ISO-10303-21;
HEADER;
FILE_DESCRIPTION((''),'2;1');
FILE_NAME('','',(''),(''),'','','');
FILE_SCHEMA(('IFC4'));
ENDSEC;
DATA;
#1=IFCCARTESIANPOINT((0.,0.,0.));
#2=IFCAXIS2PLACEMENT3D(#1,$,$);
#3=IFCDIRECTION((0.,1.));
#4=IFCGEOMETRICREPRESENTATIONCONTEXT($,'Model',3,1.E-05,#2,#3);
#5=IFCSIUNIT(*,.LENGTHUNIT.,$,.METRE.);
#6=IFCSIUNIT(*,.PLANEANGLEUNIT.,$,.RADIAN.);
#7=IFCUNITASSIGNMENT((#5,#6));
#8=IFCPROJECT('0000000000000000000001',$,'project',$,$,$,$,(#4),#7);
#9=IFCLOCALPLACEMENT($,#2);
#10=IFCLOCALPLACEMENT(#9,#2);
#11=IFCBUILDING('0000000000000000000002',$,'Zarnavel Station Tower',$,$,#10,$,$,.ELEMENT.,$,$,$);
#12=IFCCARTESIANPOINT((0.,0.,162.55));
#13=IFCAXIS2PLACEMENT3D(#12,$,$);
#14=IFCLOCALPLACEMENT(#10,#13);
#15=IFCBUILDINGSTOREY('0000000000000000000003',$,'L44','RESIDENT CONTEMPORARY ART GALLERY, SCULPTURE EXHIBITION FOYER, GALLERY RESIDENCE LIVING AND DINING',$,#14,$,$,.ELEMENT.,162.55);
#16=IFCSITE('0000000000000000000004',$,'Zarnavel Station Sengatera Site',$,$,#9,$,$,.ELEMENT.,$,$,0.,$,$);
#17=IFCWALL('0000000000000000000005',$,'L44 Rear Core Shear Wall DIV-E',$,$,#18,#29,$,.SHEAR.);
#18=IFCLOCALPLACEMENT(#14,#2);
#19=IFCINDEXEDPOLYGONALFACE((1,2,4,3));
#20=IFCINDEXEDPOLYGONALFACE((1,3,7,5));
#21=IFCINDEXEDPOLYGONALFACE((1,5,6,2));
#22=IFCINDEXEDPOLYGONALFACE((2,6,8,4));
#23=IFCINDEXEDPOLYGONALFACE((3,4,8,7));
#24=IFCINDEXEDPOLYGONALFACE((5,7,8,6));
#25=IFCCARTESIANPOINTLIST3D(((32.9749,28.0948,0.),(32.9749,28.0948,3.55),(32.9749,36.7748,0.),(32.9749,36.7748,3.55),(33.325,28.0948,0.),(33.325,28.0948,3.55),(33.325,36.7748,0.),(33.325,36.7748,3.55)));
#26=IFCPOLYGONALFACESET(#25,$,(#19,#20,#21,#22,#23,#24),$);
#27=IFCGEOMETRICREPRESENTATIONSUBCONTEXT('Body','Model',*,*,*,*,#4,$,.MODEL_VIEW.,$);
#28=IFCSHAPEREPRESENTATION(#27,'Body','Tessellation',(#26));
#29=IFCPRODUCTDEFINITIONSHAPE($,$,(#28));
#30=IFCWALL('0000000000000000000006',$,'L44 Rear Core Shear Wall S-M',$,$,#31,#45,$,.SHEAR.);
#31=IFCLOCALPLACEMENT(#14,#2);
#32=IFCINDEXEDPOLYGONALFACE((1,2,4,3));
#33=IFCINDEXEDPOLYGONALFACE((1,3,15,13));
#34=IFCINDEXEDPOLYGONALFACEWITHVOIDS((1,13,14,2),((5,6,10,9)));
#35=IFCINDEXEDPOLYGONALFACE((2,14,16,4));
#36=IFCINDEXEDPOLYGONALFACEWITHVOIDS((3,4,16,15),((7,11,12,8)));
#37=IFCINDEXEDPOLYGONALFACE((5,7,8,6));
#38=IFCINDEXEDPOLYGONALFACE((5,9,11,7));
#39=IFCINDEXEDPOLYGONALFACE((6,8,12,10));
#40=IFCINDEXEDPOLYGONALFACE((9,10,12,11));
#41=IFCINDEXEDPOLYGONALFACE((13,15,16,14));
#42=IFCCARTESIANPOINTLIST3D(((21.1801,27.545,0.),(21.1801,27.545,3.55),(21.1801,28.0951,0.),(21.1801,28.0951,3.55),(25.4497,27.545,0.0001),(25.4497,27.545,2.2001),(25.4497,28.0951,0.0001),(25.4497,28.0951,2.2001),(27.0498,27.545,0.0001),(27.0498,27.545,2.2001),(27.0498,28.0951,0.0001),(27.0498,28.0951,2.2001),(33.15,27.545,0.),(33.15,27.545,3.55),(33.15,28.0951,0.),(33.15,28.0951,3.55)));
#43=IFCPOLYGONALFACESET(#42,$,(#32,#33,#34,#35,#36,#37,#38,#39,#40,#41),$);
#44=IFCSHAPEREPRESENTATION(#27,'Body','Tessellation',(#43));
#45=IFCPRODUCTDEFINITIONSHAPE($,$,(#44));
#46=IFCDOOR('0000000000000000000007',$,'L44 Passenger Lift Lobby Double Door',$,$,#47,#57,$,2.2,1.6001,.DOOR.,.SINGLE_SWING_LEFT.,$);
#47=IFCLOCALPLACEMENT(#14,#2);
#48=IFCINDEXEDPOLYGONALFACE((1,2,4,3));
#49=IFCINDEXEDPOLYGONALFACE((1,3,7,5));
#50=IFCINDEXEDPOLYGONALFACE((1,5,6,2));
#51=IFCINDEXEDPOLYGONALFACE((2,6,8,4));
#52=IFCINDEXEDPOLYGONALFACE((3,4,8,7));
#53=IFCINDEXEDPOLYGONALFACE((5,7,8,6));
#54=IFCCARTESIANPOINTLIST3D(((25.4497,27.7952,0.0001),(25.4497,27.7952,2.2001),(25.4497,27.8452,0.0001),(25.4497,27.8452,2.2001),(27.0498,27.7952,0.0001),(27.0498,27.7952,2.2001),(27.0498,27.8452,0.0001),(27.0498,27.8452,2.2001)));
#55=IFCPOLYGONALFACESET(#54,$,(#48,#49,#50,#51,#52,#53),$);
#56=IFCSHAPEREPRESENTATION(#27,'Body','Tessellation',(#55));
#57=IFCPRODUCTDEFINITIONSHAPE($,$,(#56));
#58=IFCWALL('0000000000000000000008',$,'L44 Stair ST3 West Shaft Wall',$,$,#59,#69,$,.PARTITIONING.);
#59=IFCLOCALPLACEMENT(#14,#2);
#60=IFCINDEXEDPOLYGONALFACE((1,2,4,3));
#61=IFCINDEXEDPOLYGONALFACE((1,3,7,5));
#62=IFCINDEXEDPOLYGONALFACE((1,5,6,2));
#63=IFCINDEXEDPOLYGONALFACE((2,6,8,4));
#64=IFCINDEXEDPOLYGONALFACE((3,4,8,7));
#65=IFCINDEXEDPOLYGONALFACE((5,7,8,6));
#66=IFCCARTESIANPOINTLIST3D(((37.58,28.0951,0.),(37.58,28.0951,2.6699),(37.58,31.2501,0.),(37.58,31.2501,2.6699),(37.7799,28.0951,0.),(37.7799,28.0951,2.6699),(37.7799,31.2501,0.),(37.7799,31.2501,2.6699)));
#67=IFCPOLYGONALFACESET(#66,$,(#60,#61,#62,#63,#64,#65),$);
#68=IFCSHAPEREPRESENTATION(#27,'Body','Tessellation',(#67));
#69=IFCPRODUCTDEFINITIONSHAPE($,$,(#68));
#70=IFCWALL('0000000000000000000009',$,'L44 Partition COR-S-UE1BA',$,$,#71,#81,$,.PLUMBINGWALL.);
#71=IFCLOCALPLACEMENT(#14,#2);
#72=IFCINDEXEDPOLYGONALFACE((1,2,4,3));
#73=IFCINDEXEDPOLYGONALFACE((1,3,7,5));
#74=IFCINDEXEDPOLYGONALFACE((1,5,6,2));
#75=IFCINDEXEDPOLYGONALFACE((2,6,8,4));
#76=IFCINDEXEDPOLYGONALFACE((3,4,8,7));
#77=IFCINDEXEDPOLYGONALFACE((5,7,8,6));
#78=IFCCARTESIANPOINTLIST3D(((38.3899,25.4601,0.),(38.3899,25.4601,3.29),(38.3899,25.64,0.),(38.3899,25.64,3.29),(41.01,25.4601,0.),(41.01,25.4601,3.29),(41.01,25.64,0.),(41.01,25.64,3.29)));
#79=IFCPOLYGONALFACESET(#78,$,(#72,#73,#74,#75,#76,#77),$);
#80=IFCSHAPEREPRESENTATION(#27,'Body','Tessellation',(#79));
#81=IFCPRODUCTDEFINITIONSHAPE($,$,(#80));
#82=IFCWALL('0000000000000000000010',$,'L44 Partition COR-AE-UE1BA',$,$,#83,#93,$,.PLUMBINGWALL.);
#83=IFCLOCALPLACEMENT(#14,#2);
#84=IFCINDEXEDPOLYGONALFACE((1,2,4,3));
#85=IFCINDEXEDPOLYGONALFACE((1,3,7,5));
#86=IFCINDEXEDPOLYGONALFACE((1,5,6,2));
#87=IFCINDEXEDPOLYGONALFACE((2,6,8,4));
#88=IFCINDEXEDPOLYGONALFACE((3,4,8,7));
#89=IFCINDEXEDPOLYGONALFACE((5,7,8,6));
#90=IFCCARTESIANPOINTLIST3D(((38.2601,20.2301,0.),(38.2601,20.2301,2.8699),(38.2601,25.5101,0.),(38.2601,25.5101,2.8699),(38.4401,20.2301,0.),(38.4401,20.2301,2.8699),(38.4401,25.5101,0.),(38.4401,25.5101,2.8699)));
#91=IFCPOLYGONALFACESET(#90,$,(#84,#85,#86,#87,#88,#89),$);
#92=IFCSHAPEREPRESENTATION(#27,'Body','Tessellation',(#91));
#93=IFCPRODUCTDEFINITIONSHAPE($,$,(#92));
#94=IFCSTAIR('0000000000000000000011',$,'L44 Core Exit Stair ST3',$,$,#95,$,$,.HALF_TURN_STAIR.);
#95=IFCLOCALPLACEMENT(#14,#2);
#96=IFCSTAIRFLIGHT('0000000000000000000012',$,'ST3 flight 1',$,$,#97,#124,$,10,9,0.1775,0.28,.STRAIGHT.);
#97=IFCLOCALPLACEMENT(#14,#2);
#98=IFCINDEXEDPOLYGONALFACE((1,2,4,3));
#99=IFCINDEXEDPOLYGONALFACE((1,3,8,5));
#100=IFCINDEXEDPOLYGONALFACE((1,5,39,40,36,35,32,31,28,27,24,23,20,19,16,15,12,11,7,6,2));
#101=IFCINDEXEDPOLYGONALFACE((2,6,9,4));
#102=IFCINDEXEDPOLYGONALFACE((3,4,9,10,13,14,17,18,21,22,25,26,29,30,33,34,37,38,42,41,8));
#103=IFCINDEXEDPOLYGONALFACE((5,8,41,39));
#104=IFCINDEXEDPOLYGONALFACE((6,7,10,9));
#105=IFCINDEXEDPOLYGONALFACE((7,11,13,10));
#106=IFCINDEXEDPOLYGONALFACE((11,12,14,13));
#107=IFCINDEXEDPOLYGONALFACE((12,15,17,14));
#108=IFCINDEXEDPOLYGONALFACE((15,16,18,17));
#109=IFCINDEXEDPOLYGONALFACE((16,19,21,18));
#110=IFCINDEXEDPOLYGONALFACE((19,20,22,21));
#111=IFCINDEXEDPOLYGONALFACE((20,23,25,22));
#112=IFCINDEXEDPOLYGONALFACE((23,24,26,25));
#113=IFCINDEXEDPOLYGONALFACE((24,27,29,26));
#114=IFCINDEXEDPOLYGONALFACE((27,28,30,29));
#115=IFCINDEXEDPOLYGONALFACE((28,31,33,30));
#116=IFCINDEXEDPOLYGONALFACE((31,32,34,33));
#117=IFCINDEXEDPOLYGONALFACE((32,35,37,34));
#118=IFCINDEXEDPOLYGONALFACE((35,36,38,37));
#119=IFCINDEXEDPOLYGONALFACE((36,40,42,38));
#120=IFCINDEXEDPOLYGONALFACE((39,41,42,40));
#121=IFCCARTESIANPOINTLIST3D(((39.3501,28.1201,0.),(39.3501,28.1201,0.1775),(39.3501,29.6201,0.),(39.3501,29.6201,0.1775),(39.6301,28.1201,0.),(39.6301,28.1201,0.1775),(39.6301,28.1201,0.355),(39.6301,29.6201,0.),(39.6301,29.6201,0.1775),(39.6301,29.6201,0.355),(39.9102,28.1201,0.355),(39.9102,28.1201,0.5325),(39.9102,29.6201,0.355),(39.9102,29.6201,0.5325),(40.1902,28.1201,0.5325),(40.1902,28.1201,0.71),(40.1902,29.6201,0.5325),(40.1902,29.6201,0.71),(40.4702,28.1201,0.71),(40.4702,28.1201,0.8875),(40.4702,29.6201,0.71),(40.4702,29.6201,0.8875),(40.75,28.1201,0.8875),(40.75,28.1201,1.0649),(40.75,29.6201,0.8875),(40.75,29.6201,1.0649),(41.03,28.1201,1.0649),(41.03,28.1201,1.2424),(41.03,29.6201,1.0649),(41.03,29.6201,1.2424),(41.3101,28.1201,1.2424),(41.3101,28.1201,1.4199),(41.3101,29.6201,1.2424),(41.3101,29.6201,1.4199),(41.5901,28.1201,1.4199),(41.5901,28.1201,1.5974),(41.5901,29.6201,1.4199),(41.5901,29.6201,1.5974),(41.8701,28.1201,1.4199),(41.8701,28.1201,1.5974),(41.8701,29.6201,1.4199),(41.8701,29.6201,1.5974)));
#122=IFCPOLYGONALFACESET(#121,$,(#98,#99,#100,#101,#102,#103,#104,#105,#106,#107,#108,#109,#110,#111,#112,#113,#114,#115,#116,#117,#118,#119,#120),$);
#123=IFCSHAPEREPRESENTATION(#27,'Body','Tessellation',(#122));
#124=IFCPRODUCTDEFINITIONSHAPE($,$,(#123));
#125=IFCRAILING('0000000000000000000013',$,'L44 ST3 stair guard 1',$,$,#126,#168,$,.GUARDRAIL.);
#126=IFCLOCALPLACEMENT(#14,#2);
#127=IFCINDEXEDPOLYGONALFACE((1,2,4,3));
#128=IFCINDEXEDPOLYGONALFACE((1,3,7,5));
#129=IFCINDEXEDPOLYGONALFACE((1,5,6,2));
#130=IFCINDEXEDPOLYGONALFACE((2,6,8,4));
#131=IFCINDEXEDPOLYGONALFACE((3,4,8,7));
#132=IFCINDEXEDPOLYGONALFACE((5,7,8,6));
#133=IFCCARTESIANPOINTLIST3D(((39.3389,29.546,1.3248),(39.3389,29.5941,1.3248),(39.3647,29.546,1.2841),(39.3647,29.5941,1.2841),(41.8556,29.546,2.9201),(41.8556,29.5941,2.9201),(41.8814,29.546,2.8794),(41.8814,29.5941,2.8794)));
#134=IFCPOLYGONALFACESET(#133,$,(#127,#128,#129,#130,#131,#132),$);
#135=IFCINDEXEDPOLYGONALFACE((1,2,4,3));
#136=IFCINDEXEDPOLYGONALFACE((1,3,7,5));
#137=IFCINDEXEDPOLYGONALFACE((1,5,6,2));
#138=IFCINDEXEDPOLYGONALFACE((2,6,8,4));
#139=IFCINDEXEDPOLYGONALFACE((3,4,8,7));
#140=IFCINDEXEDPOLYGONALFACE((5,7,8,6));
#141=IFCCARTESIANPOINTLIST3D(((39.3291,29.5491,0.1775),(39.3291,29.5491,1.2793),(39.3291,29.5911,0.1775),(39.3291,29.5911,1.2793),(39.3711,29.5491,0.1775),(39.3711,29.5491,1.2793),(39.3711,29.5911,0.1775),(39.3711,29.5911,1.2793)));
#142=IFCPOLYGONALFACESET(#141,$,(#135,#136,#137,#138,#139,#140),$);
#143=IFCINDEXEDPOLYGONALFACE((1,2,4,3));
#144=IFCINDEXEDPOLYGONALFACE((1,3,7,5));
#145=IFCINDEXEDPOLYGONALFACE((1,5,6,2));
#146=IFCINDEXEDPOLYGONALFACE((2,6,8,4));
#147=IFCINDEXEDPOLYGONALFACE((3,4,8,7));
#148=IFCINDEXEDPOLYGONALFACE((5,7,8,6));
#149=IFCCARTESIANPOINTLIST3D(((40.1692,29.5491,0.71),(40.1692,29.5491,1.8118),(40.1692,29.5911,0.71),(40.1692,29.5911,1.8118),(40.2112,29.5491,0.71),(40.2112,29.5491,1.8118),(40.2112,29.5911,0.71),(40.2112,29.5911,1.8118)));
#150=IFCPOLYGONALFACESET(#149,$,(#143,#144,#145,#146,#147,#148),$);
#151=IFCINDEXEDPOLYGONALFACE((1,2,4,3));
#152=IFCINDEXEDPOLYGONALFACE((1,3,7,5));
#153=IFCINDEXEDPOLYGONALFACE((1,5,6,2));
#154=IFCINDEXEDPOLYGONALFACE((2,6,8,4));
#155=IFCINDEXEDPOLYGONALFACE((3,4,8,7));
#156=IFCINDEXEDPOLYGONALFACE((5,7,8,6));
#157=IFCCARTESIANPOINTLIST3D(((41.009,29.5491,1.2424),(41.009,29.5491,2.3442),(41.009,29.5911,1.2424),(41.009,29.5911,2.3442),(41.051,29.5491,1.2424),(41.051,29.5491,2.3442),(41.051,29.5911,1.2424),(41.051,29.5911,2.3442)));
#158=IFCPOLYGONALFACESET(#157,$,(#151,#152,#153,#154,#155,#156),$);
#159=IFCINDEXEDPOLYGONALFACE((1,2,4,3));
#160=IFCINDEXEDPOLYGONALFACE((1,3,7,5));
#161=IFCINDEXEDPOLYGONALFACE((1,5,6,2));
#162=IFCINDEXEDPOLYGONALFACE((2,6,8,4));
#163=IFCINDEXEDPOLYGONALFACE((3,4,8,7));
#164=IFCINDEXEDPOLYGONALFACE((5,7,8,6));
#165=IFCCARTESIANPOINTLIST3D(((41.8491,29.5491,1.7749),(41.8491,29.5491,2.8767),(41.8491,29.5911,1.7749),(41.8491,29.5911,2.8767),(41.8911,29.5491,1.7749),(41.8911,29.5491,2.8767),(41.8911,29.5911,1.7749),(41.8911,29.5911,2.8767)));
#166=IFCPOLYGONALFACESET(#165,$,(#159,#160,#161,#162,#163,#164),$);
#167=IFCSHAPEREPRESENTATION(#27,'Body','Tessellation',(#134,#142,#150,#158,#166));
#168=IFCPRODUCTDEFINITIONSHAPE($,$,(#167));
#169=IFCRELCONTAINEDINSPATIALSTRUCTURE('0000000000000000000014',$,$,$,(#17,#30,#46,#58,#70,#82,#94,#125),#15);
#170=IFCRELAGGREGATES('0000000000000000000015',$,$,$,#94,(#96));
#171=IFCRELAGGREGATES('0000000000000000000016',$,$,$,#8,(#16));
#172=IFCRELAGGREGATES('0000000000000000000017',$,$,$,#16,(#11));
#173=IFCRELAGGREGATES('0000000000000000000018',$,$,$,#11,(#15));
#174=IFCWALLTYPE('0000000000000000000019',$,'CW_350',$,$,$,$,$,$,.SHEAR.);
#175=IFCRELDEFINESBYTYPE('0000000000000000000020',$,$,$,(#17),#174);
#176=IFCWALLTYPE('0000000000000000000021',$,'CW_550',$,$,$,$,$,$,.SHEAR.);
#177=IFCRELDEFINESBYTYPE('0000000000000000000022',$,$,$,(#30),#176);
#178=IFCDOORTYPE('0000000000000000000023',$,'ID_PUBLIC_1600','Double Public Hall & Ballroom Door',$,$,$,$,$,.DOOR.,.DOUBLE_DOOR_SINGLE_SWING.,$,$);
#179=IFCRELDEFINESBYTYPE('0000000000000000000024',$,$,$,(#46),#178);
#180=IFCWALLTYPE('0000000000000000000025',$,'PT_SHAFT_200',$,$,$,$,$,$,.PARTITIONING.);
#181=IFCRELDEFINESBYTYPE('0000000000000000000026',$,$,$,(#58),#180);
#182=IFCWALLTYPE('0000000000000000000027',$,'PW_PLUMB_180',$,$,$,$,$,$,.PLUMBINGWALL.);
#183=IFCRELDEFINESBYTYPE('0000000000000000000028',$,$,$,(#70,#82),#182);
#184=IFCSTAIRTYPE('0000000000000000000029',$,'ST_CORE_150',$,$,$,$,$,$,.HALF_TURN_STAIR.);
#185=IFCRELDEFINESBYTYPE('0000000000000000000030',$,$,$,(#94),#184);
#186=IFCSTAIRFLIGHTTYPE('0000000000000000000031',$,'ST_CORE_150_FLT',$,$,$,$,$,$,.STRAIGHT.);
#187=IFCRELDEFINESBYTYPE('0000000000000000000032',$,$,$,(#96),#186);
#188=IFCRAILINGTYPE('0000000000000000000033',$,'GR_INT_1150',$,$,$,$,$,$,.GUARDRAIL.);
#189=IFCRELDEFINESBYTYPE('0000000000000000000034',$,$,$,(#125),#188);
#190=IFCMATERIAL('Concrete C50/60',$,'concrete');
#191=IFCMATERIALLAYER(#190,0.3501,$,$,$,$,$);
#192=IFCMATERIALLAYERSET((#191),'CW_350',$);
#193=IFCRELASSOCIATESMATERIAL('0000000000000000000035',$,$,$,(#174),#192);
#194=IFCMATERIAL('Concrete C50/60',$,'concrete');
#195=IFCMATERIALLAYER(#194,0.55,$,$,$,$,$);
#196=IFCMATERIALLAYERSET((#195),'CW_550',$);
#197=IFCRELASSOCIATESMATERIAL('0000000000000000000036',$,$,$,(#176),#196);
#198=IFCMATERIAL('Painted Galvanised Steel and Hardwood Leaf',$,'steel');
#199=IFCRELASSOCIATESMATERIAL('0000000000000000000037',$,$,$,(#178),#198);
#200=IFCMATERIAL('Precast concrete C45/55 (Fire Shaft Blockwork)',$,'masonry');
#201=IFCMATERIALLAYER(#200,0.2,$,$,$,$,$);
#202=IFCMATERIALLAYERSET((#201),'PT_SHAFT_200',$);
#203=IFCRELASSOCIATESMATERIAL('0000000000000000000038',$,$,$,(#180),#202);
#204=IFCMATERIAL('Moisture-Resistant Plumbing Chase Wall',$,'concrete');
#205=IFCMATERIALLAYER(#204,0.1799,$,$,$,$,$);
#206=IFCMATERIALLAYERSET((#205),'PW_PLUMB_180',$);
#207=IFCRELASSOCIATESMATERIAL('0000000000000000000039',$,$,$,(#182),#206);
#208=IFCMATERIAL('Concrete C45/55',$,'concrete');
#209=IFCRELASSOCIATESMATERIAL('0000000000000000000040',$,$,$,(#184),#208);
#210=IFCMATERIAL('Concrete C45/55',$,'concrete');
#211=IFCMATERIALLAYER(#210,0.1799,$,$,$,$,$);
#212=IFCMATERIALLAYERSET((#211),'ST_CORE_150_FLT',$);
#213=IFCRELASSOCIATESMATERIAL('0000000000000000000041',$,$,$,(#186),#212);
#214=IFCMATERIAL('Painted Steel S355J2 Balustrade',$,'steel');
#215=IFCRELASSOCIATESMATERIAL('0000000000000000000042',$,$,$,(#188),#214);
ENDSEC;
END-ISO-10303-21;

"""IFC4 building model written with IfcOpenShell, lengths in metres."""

from ifc_helpers import new_model, si_unit, direction, frame, frame_2d, origin, origin_2d, place, context, subcontext, project, spatial, polyline, rectangle, outline, extrude, material, layer, layer_set, type_object, element, fill, aggregate, save


model = new_model("IFC4")

# Units and contexts
model_context = context("Model", 3, precision=1e-05, world=origin(), true_north=direction((0.0, 1.0)))
body_context = subcontext(model_context, "Body", "Model", "MODEL_VIEW")
ifc_project = project(units=[si_unit("LENGTHUNIT", "METRE"), si_unit("PLANEANGLEUNIT", "RADIAN")], contexts=[model_context])

# Site, building, storey
site_placement = place(None, origin())
site = spatial("IfcSite", under=ifc_project, at=site_placement, Name="Zarnavel Station Sengatera Site", CompositionType="ELEMENT", RefElevation=0.0)
building_placement = place(site_placement, origin())
building = spatial("IfcBuilding", under=site, at=building_placement, Name="Zarnavel Station Tower", CompositionType="ELEMENT")
storey_placement = place(building_placement, frame((0.0, 0.0, 162.55)))
storey = spatial("IfcBuildingStorey", under=building, at=storey_placement, Name="L44", Description="RESIDENT CONTEMPORARY ART GALLERY, SCULPTURE EXHIBITION FOYER, GALLERY RESIDENCE LIVING AND DINING", CompositionType="ELEMENT", Elevation=162.55)

# Wall
ifc_material_1 = material(Name="Concrete C50/60", Category="concrete")
ifc_layer_1 = layer(ifc_material_1, 0.3501)
ifc_layer_set_1 = layer_set([ifc_layer_1], Name="CW_350")
wall_type_1 = type_object("IfcWallType", Name="CW_350", PredefinedType="SHEAR", material=ifc_layer_set_1)
wall_1_placement = place(storey_placement, frame((33.1499, 28.095, 0.0), z_axis=(0.0, 0.0, 1.0), x_axis=(0.0, 1.0, 0.0)))
element("IfcWall", 1, at=wall_1_placement, inside=storey, type_object=wall_type_1, Name="L44 Rear Core Shear Wall DIV-E", PredefinedType="SHEAR", context=body_context, shape_type="SweptSolid", body=[
    extrude(rectangle(XDim=8.6799, YDim=0.3501, at=frame_2d((4.3398, 0.0))), origin(), (0.0, 0.0, 1.0), 3.55),
])

# Wall, opening, door
ifc_material_2 = material(Name="Concrete C50/60", Category="concrete")
ifc_layer_2 = layer(ifc_material_2, 0.55)
ifc_layer_set_2 = layer_set([ifc_layer_2], Name="CW_550")
wall_type_2 = type_object("IfcWallType", Name="CW_550", PredefinedType="SHEAR", material=ifc_layer_set_2)
wall_2_placement = place(storey_placement, frame((33.1499, 27.8201, 0.0), z_axis=(0.0, 0.0, 1.0), x_axis=(-1.0, 0.0, 0.0)))
wall_2 = element("IfcWall", 2, at=wall_2_placement, inside=storey, type_object=wall_type_2, Name="L44 Rear Core Shear Wall S-M", PredefinedType="SHEAR", context=body_context, shape_type="SweptSolid", body=[
    extrude(rectangle(XDim=11.97, YDim=0.55, at=frame_2d((5.9849, 0.0))), origin(), (0.0, 0.0, 1.0), 3.55),
])
opening_1_placement = place(wall_2_placement, frame((6.1001, 0.0, 0.0)))
opening_1 = element("IfcOpeningElement", 3, at=opening_1_placement, cuts=wall_2, PredefinedType="OPENING", context=body_context, shape_type="SweptSolid", body=[
    extrude(rectangle(XDim=1.6001, YDim=2.2, at=frame_2d((0.8, 1.1001))), frame((0.0, 0.2849, 0.0), z_axis=(0.0, -1.0, 0.0), x_axis=(1.0, 0.0, 0.0)), (0.0, 0.0, 1.0), 0.5701),
])
ifc_material_3 = material(Name="Painted Galvanised Steel and Hardwood Leaf", Category="steel")
door_type_1 = type_object("IfcDoorType", Name="ID_PUBLIC_1600", Description="Double Public Hall & Ballroom Door", OperationType="DOUBLE_DOOR_SINGLE_SWING", PredefinedType="DOOR", material=ifc_material_3)
door_1_placement = place(opening_1_placement, origin())
door_1 = element("IfcDoor", 4, at=door_1_placement, inside=storey, type_object=door_type_1, Name="L44 Passenger Lift Lobby Double Door", OperationType="SINGLE_SWING_LEFT", OverallHeight=2.2, OverallWidth=1.6001, PredefinedType="DOOR", context=body_context, shape_type="SweptSolid", body=[
    extrude(rectangle(XDim=1.6001, YDim=2.2, at=frame_2d((0.8, 1.1001))), frame((0.0, 0.0249, 0.0), z_axis=(0.0, -1.0, 0.0), x_axis=(1.0, 0.0, 0.0)), (0.0, 0.0, 1.0), 0.05),
])
fill(opening_1, door_1)

# Walls
ifc_material_4 = material(Name="Precast concrete C45/55 (Fire Shaft Blockwork)", Category="masonry")
ifc_layer_3 = layer(ifc_material_4, 0.2)
ifc_layer_set_3 = layer_set([ifc_layer_3], Name="PT_SHAFT_200")
wall_type_3 = type_object("IfcWallType", Name="PT_SHAFT_200", PredefinedType="PARTITIONING", material=ifc_layer_set_3)
wall_3_placement = place(storey_placement, frame((37.6799, 28.095, 0.0), z_axis=(0.0, 0.0, 1.0), x_axis=(0.0, 1.0, 0.0)))
element("IfcWall", 5, at=wall_3_placement, inside=storey, type_object=wall_type_3, Name="L44 Stair ST3 West Shaft Wall", PredefinedType="PARTITIONING", context=body_context, shape_type="SweptSolid", body=[
    extrude(rectangle(XDim=3.155, YDim=0.2, at=frame_2d((1.5776, 0.0))), origin(), (0.0, 0.0, 1.0), 2.6699),
])
ifc_material_5 = material(Name="Moisture-Resistant Plumbing Chase Wall", Category="concrete")
ifc_layer_4 = layer(ifc_material_5, 0.1799)
ifc_layer_set_4 = layer_set([ifc_layer_4], Name="PW_PLUMB_180")
wall_type_4 = type_object("IfcWallType", Name="PW_PLUMB_180", PredefinedType="PLUMBINGWALL", material=ifc_layer_set_4)
wall_4_placement = place(storey_placement, frame((38.3899, 25.55, 0.0), z_axis=(0.0, 0.0, 1.0), x_axis=(1.0, 0.0, 0.0)))
element("IfcWall", 6, at=wall_4_placement, inside=storey, type_object=wall_type_4, Name="L44 Partition COR-S-UE1BA", PredefinedType="PLUMBINGWALL", context=body_context, shape_type="SweptSolid", body=[
    extrude(rectangle(XDim=2.6201, YDim=0.1799, at=frame_2d((1.3101, 0.0))), origin(), (0.0, 0.0, 1.0), 3.29),
])
wall_5_placement = place(storey_placement, frame((38.3501, 20.23, 0.0), z_axis=(0.0, 0.0, 1.0), x_axis=(0.0, 1.0, 0.0)))
element("IfcWall", 7, at=wall_5_placement, inside=storey, type_object=wall_type_4, Name="L44 Partition COR-AE-UE1BA", PredefinedType="PLUMBINGWALL", context=body_context, shape_type="SweptSolid", body=[
    extrude(rectangle(XDim=5.28, YDim=0.1799, at=frame_2d((2.6401, 0.0))), origin(), (0.0, 0.0, 1.0), 2.8699),
])

# Stair, stair flight
ifc_material_6 = material(Name="Concrete C45/55", Category="concrete")
stair_type = type_object("IfcStairType", Name="ST_CORE_150", PredefinedType="HALF_TURN_STAIR", material=ifc_material_6)
stair_placement = place(storey_placement, origin())
stair = element("IfcStair", 8, at=stair_placement, inside=storey, type_object=stair_type, Name="L44 Core Exit Stair ST3", PredefinedType="HALF_TURN_STAIR")
ifc_material_7 = material(Name="Concrete C45/55", Category="concrete")
ifc_layer_5 = layer(ifc_material_7, 0.1799)
ifc_layer_set_5 = layer_set([ifc_layer_5], Name="ST_CORE_150_FLT")
stair_flight_type = type_object("IfcStairFlightType", Name="ST_CORE_150_FLT", PredefinedType="STRAIGHT", material=ifc_layer_set_5)
stair_flight_placement = place(storey_placement, frame((39.3501, 28.8701, 0.0), z_axis=(0.0, 0.0, 1.0), x_axis=(1.0, 0.0, 0.0)))
stair_flight = element("IfcStairFlight", 9, at=stair_flight_placement, type_object=stair_flight_type, Name="ST3 flight 1", NumberOfRisers=10, NumberOfTreads=9, PredefinedType="STRAIGHT", RiserHeight=0.1775, TreadLength=0.28, context=body_context, shape_type="SweptSolid", body=[
    extrude(outline(polyline([(0.0, 0.0), (0.0, 0.1775), (0.28, 0.1775), (0.28, 0.355), (0.5601, 0.355), (0.5601, 0.5325), (0.8401, 0.5325), (0.8401, 0.71), (1.1201, 0.71), (1.1201, 0.8875), (1.3999, 0.8875), (1.3999, 1.0649), (1.6799, 1.0649), (1.6799, 1.2424), (1.96, 1.2424), (1.96, 1.4199), (2.24, 1.4199), (2.24, 1.5974), (2.52, 1.5974), (2.52, 1.7749), (2.52, 1.4199), (0.28, 0.0), (0.0, 0.0)])), frame((0.0, 0.75, 0.0), z_axis=(0.0, -1.0, 0.0), x_axis=(1.0, 0.0, 0.0)), (0.0, 0.0, 1.0), 1.5),
])
aggregate(stair, [stair_flight])

# Railing
ifc_material_8 = material(Name="Painted Steel S355J2 Balustrade", Category="steel")
railing_type_1 = type_object("IfcRailingType", Name="GR_INT_1150", PredefinedType="GUARDRAIL", material=ifc_material_8)
railing_1_placement = place(storey_placement, frame((39.3501, 29.5701, 0.1775)))
element("IfcRailing", 10, at=railing_1_placement, inside=storey, type_object=railing_type_1, Name="L44 ST3 stair guard 1", PredefinedType="GUARDRAIL", context=body_context, shape_type="SweptSolid", body=[
    extrude(rectangle(XDim=0.0481, YDim=0.0481, at=origin_2d()), frame((0.0017, 0.0, 1.127), z_axis=(0.844607, 0.0, 0.535387), x_axis=(0.0, 1.0, 0.0)), (0.0, 0.0, 1.0), 2.9797),
    extrude(rectangle(XDim=0.042, YDim=0.042, at=origin_2d()), origin(), (0.0, 0.0, 1.0), 1.1018),
    extrude(rectangle(XDim=0.042, YDim=0.042, at=origin_2d()), frame((0.8401, 0.0, 0.5325)), (0.0, 0.0, 1.0), 1.1018),
    extrude(rectangle(XDim=0.042, YDim=0.042, at=origin_2d()), frame((1.6799, 0.0, 1.0649)), (0.0, 0.0, 1.0), 1.1018),
    extrude(rectangle(XDim=0.042, YDim=0.042, at=origin_2d()), frame((2.52, 0.0, 1.5974)), (0.0, 0.0, 1.0), 1.1018),
])

save(model, "model.ifc")
